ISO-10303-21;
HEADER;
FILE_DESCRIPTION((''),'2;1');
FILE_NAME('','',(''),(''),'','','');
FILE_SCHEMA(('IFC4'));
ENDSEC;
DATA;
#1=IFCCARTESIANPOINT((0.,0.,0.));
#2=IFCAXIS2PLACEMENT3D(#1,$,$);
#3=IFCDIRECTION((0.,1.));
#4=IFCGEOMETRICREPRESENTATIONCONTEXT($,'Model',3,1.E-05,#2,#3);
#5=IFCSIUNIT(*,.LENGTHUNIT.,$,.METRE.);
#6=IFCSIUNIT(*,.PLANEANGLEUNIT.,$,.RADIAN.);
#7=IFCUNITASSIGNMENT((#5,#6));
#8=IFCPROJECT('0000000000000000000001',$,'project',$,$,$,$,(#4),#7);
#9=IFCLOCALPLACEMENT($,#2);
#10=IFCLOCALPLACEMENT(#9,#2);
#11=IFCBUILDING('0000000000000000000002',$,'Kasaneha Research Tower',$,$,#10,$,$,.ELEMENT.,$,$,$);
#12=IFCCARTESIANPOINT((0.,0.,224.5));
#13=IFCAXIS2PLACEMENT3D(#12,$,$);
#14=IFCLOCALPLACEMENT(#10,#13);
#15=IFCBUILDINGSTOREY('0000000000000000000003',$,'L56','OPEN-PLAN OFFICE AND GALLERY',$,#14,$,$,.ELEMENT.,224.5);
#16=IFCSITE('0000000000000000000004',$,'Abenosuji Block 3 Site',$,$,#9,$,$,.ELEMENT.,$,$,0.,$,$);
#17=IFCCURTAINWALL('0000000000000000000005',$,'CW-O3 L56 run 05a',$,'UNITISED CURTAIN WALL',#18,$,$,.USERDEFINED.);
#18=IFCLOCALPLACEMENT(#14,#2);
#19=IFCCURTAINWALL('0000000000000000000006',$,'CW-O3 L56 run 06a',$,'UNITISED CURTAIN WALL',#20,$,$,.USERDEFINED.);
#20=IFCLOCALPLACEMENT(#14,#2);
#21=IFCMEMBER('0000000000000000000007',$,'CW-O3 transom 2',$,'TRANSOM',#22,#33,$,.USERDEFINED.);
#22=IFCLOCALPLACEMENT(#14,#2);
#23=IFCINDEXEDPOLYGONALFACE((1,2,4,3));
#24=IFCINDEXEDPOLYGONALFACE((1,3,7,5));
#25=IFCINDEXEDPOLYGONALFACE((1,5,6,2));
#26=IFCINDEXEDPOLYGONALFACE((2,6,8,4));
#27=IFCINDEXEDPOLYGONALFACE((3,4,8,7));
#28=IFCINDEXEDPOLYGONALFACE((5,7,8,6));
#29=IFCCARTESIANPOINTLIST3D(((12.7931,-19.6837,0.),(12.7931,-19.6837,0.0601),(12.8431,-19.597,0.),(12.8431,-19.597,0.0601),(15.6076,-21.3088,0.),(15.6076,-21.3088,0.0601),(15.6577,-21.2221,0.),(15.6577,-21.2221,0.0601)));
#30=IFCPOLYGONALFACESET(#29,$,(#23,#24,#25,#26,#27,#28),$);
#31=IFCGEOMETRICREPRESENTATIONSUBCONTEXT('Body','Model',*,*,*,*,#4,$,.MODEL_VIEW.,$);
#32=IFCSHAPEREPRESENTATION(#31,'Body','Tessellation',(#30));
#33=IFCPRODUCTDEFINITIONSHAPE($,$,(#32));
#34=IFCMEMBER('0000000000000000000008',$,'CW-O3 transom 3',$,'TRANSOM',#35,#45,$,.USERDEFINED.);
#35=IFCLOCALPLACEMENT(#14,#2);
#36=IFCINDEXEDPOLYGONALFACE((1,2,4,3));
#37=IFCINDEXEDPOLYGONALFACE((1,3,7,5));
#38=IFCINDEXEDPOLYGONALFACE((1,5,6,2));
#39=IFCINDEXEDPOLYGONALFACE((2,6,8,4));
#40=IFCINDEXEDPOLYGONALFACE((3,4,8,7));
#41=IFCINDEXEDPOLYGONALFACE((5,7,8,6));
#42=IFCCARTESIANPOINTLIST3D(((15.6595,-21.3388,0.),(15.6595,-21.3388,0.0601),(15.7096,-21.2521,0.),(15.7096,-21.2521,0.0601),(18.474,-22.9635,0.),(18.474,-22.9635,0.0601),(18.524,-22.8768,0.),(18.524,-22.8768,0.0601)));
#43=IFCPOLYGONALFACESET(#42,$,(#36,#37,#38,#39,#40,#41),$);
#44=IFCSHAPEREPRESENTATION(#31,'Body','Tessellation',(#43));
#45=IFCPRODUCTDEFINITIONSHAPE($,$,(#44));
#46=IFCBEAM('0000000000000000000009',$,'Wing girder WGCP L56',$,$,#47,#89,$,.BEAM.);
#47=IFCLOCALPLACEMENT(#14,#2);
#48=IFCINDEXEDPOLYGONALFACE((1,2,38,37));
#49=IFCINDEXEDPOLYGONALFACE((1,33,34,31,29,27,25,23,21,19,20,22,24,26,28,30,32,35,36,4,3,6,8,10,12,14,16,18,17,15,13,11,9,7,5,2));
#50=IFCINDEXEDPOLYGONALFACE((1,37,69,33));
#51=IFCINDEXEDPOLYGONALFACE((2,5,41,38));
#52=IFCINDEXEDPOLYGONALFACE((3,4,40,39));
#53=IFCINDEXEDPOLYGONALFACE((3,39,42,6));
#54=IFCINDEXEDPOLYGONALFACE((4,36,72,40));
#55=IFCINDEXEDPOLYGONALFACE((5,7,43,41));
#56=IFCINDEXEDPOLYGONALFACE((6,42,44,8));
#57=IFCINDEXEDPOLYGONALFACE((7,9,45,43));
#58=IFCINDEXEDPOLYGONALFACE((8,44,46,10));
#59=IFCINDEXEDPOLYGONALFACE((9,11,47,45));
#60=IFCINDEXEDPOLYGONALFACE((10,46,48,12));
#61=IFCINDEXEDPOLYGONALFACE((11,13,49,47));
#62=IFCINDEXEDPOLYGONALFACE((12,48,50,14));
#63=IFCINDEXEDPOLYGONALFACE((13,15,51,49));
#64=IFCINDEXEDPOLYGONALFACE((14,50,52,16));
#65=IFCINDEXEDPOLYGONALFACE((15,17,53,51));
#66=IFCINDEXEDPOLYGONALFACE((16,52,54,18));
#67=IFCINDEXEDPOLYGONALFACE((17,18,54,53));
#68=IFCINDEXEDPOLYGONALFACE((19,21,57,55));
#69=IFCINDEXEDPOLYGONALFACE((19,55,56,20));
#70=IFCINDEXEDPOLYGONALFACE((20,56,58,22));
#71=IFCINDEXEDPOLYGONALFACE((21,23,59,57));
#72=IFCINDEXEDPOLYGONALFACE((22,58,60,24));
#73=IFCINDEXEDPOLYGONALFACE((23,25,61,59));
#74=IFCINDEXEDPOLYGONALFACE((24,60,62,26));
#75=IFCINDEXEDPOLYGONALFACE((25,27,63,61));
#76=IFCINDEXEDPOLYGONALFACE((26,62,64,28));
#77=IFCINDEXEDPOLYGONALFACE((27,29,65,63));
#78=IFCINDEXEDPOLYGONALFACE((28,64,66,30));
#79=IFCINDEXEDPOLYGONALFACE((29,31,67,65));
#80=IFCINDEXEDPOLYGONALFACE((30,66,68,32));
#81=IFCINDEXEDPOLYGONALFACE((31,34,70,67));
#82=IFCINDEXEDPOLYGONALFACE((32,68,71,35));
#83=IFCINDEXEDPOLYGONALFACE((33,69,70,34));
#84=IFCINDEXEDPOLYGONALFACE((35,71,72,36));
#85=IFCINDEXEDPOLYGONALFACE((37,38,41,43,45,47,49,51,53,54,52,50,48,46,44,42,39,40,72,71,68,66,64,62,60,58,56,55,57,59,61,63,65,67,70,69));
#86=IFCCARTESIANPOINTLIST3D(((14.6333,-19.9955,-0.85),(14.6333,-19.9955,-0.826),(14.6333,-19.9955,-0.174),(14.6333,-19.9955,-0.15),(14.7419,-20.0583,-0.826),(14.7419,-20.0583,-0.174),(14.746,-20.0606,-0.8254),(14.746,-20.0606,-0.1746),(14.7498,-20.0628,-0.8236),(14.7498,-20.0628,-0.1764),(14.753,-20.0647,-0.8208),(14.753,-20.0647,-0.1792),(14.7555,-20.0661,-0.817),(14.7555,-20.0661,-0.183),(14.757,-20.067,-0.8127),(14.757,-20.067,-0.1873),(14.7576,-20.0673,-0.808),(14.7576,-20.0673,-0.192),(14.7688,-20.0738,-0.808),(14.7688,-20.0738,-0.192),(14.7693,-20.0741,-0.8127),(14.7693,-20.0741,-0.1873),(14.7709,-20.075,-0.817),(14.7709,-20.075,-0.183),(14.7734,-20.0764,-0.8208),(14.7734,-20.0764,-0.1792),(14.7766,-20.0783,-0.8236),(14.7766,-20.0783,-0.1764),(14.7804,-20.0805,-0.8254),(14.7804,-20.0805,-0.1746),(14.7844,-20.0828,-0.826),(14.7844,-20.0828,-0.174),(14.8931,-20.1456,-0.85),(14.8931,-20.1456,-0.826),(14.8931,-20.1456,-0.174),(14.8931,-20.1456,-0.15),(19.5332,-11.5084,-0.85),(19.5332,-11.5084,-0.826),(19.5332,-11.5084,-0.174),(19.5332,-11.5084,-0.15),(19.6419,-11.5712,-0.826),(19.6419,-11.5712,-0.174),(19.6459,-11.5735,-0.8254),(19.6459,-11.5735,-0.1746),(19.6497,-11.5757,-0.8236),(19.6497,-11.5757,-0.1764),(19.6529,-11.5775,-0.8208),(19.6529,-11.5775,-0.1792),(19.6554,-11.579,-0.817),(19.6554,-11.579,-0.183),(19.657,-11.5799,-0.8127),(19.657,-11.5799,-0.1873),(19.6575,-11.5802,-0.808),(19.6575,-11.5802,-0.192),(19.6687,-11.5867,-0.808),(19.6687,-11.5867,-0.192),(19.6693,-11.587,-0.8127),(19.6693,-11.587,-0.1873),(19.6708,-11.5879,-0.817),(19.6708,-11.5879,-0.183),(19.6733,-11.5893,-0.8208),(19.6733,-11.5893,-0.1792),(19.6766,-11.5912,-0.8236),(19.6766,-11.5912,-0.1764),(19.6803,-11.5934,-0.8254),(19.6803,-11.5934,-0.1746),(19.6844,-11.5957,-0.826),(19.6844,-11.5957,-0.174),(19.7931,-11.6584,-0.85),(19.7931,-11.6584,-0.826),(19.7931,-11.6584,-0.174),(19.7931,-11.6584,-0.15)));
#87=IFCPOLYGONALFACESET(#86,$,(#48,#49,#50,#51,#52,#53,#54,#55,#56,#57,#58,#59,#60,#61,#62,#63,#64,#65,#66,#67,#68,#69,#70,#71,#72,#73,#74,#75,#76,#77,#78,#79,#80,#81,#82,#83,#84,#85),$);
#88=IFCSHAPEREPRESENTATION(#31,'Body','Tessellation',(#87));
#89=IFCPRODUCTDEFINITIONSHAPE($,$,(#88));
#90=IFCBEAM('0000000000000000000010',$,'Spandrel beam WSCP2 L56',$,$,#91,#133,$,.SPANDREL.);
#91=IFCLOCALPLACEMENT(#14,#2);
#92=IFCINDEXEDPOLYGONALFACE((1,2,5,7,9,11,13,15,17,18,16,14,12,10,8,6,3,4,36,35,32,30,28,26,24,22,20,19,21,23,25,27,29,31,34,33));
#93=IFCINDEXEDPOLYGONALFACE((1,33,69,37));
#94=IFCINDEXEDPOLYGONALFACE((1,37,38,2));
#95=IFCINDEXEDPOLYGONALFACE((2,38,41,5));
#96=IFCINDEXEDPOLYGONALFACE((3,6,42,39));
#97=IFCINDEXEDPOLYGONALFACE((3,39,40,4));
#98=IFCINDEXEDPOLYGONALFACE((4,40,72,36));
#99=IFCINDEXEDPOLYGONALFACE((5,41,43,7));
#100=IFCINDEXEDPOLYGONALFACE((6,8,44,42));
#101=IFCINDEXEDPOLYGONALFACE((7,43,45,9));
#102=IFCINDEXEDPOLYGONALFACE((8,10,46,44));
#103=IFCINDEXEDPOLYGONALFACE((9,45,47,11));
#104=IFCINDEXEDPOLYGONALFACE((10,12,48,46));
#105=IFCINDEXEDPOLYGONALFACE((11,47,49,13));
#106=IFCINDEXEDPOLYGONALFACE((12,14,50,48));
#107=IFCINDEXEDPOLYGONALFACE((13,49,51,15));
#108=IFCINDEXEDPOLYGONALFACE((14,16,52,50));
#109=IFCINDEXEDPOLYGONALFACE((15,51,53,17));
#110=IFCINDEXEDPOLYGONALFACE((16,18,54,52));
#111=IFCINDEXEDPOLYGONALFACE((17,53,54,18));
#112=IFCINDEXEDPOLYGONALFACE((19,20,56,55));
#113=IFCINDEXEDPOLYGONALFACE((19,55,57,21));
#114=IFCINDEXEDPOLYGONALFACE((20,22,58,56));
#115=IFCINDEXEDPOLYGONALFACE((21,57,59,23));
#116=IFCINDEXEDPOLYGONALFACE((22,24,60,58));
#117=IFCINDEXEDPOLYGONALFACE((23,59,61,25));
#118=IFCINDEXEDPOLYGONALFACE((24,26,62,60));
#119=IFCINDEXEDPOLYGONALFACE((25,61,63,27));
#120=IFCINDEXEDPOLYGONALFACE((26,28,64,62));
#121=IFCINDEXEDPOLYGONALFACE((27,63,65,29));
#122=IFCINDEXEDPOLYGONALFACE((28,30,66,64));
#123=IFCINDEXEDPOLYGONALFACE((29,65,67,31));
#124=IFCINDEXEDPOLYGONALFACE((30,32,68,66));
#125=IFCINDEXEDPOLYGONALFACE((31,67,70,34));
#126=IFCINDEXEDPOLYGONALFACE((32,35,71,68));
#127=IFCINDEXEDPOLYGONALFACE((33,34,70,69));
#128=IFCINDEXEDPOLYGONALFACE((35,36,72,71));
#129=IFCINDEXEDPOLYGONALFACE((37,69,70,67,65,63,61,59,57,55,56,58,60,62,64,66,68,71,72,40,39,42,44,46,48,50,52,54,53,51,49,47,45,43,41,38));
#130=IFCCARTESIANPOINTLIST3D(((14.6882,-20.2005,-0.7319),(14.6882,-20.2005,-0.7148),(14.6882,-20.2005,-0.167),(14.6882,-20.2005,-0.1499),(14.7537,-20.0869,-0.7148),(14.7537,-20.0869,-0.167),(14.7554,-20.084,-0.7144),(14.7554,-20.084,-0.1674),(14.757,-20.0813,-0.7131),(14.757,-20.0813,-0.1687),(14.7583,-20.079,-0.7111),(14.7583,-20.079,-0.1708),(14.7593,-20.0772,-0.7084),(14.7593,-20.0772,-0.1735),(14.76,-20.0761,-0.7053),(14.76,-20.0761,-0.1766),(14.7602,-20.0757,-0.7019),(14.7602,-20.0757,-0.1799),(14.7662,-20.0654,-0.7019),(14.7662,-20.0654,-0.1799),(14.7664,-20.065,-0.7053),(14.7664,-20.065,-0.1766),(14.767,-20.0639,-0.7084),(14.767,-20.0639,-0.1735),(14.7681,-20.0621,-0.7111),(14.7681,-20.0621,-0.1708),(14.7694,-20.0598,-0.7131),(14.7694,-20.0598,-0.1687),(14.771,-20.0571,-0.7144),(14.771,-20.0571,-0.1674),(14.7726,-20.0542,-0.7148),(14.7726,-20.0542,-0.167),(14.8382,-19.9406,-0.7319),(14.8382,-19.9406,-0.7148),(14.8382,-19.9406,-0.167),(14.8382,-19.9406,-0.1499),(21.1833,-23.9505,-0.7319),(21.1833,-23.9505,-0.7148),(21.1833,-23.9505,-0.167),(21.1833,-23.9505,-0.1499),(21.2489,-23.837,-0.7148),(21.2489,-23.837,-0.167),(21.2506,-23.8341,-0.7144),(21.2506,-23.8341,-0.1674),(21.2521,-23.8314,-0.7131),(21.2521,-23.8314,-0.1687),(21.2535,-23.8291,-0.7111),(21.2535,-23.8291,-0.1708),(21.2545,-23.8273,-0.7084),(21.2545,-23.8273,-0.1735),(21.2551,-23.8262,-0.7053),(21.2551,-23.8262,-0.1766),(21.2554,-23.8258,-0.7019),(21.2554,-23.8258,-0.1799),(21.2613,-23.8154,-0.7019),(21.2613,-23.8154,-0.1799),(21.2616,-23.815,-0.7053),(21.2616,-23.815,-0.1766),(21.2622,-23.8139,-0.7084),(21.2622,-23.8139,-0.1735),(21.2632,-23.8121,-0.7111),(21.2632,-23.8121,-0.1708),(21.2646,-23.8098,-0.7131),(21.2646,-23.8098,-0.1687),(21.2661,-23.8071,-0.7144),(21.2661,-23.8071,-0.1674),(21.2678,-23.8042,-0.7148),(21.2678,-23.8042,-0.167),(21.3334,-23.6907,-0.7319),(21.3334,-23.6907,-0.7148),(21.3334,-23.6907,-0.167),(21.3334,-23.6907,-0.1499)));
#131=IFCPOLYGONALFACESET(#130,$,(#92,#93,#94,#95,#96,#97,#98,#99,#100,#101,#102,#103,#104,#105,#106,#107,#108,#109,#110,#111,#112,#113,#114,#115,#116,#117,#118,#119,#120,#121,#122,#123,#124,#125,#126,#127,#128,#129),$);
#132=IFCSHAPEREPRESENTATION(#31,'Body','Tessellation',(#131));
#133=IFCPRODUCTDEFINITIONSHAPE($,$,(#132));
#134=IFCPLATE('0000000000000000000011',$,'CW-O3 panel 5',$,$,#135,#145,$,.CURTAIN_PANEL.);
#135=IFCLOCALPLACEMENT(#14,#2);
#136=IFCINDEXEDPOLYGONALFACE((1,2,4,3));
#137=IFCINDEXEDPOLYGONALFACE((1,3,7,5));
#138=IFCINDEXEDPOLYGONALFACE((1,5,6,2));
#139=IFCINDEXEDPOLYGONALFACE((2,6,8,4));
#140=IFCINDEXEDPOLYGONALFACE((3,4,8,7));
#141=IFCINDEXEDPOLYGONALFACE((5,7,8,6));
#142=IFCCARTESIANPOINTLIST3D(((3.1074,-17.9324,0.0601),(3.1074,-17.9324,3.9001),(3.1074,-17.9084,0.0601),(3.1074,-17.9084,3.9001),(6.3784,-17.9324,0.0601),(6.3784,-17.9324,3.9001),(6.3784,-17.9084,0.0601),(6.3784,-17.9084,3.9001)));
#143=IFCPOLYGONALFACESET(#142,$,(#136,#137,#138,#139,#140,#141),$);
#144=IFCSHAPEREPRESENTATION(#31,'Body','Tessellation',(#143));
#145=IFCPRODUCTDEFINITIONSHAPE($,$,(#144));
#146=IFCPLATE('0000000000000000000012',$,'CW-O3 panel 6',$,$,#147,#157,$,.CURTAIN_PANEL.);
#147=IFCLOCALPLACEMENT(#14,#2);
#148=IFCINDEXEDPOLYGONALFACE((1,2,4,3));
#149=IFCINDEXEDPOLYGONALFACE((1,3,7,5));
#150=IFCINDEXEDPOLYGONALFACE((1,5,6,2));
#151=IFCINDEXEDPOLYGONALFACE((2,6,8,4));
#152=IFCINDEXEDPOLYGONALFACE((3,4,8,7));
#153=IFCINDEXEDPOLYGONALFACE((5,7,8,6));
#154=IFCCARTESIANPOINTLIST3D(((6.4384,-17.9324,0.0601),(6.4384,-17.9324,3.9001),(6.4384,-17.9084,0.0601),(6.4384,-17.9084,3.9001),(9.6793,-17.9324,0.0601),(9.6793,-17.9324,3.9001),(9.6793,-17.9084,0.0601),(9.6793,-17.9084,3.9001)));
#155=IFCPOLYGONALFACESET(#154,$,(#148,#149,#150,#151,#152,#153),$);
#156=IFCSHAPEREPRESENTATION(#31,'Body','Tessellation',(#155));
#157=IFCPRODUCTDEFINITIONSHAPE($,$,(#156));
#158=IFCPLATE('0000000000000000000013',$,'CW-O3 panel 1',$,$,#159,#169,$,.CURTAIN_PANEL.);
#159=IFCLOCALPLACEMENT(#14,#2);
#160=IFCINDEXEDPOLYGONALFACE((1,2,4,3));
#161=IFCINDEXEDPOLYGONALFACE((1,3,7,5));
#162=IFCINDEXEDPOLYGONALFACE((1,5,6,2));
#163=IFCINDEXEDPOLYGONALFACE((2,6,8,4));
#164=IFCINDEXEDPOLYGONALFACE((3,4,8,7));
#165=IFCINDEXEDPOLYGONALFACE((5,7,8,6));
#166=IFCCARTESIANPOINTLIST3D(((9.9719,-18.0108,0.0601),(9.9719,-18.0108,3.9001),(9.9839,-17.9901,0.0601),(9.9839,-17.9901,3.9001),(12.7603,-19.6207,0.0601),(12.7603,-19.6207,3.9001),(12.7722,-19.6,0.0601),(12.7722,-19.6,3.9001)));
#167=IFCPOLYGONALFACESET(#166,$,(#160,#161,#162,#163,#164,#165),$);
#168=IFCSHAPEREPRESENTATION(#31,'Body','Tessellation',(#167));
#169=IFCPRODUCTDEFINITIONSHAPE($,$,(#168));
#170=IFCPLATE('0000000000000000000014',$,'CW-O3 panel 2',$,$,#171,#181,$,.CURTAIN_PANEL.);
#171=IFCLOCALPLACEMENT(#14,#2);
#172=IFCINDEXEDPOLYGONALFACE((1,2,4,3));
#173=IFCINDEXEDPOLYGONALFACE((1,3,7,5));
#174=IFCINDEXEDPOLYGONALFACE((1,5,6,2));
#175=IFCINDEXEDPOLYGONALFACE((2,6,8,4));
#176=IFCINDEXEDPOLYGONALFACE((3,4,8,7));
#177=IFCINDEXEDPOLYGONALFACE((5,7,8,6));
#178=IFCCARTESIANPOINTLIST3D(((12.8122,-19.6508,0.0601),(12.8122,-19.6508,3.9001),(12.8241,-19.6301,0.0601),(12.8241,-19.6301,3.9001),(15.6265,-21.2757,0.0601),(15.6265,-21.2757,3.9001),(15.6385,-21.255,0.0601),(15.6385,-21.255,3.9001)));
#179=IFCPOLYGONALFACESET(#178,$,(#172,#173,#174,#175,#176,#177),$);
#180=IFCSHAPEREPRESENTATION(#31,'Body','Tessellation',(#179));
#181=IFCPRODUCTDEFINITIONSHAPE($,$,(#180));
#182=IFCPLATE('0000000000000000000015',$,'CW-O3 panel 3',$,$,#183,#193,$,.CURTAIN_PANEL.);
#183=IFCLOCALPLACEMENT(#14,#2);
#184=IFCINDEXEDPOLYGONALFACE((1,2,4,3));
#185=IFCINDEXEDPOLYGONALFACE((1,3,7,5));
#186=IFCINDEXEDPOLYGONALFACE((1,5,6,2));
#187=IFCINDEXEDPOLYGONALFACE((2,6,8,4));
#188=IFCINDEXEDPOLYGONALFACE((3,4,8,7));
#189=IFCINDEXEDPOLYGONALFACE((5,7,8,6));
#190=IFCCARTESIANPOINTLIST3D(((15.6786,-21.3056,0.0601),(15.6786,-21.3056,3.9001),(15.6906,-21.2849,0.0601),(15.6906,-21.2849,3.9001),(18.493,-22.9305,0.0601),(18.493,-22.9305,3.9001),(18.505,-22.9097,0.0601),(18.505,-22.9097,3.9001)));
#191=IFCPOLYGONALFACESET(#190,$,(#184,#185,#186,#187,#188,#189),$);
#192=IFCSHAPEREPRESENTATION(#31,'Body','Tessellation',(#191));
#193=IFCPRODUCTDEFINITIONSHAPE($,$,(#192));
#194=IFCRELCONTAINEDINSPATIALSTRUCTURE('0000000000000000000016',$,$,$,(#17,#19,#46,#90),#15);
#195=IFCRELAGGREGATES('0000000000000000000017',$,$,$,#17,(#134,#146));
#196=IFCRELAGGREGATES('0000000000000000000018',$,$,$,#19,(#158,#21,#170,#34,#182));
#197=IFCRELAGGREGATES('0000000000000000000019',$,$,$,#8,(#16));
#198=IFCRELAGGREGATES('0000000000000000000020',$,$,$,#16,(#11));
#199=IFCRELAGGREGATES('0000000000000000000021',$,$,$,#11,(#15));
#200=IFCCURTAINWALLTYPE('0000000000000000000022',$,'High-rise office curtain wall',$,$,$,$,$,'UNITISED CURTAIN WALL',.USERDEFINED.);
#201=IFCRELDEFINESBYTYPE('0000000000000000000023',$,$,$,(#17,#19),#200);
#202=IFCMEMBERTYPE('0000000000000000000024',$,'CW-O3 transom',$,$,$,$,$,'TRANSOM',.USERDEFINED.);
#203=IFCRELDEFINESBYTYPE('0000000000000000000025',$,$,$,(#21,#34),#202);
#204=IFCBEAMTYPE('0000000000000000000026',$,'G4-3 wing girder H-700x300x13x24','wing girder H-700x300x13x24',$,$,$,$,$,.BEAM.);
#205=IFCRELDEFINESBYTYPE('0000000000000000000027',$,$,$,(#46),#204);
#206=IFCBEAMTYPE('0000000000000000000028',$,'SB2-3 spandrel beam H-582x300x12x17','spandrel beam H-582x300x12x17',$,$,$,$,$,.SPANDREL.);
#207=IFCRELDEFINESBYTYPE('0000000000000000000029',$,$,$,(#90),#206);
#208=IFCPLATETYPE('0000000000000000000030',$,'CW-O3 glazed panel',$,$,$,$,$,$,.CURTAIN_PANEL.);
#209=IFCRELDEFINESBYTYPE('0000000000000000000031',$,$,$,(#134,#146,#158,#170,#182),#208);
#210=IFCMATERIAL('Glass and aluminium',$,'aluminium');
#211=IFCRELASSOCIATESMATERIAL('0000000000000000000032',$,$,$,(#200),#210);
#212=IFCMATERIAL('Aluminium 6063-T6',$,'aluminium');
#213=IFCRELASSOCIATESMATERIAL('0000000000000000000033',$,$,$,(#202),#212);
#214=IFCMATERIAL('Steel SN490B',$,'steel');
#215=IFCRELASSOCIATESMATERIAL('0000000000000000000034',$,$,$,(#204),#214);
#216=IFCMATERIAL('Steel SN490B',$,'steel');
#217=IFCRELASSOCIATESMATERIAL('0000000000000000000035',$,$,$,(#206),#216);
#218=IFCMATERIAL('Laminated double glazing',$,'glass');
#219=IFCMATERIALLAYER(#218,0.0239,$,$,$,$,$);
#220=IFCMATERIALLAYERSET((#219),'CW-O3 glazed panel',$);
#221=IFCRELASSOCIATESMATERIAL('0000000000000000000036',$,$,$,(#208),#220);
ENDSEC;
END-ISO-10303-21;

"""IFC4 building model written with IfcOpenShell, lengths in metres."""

from ifc_helpers import new_model, si_unit, direction, frame, origin, origin_2d, place, context, subcontext, project, spatial, rectangle, i_section, extrude, material, layer, layer_set, material_profile, profile_set, type_object, element, aggregate, save


model = new_model("IFC4")

# Units and contexts
model_context = context("Model", 3, precision=1e-05, world=origin(), true_north=direction((0.0, 1.0)))
body_context = subcontext(model_context, "Body", "Model", "MODEL_VIEW")
ifc_project = project(units=[si_unit("LENGTHUNIT", "METRE"), si_unit("PLANEANGLEUNIT", "RADIAN")], contexts=[model_context])

# Site, building, storey
site_placement = place(None, origin())
site = spatial("IfcSite", under=ifc_project, at=site_placement, Name="Abenosuji Block 3 Site", CompositionType="ELEMENT", RefElevation=0.0)
building_placement = place(site_placement, origin())
building = spatial("IfcBuilding", under=site, at=building_placement, Name="Kasaneha Research Tower", CompositionType="ELEMENT")
storey_placement = place(building_placement, frame((0.0, 0.0, 224.5)))
storey = spatial("IfcBuildingStorey", under=building, at=storey_placement, Name="L56", Description="OPEN-PLAN OFFICE AND GALLERY", CompositionType="ELEMENT", Elevation=224.5)

# Curtain walls
ifc_material_1 = material(Name="Glass and aluminium", Category="aluminium")
curtain_wall_type = type_object("IfcCurtainWallType", Name="High-rise office curtain wall", ElementType="UNITISED CURTAIN WALL", PredefinedType="USERDEFINED", material=ifc_material_1)
curtain_wall_1_placement = place(storey_placement, origin())
curtain_wall_1 = element("IfcCurtainWall", 1, at=curtain_wall_1_placement, inside=storey, type_object=curtain_wall_type, Name="CW-O3 L56 run 05a", ObjectType="UNITISED CURTAIN WALL", PredefinedType="USERDEFINED")
curtain_wall_2_placement = place(storey_placement, origin())
curtain_wall_2 = element("IfcCurtainWall", 2, at=curtain_wall_2_placement, inside=storey, type_object=curtain_wall_type, Name="CW-O3 L56 run 06a", ObjectType="UNITISED CURTAIN WALL", PredefinedType="USERDEFINED")

# Members
ifc_material_2 = material(Name="Aluminium 6063-T6", Category="aluminium")
ifc_material_profile_1 = material_profile(ifc_material_2, rectangle(XDim=0.1001, YDim=0.0601, at=origin_2d()), Name="CW-O3 transom 100x60")
ifc_profile_set_1 = profile_set([ifc_material_profile_1], Name="Aluminium 6063-T6")
member_type_1 = type_object("IfcMemberType", Name="CW-O3 transom", ElementType="TRANSOM", PredefinedType="USERDEFINED", material=ifc_profile_set_1)
member_1_placement = place(storey_placement, frame((12.8181, -19.6404, 0.03), z_axis=(0.866015, -0.500017, 0.0), x_axis=(0.500017, 0.866015, 0.0)))
member_1 = element("IfcMember", 3, at=member_1_placement, type_object=member_type_1, Name="CW-O3 transom 2", ObjectType="TRANSOM", PredefinedType="USERDEFINED", context=body_context, shape_type="SweptSolid", body=[
    extrude(rectangle(XDim=0.1001, YDim=0.0601, at=origin_2d()), origin(), (0.0, 0.0, 1.0), 3.25),
])
member_2_placement = place(storey_placement, frame((15.6846, -21.2954, 0.03), z_axis=(0.866048, -0.499961, 0.0), x_axis=(0.499961, 0.866048, 0.0)))
member_2 = element("IfcMember", 4, at=member_2_placement, type_object=member_type_1, Name="CW-O3 transom 3", ObjectType="TRANSOM", PredefinedType="USERDEFINED", context=body_context, shape_type="SweptSolid", body=[
    extrude(rectangle(XDim=0.1001, YDim=0.0601, at=origin_2d()), origin(), (0.0, 0.0, 1.0), 3.2498),
])

# Beams
ifc_material_3 = material(Name="Steel SN490B", Category="steel")
ifc_material_profile_2 = material_profile(ifc_material_3, i_section(OverallWidth=0.3, OverallDepth=0.7, WebThickness=0.0129, FlangeThickness=0.0239, FilletRadius=0.0181, at=origin_2d()), Name="H-700x300x13x24")
ifc_profile_set_2 = profile_set([ifc_material_profile_2], Name="Steel SN490B")
beam_type_1 = type_object("IfcBeamType", Name="G4-3 wing girder H-700x300x13x24", Description="wing girder H-700x300x13x24", PredefinedType="BEAM", material=ifc_profile_set_2)
beam_1_placement = place(storey_placement, frame((14.7632, -20.0706, -0.5), z_axis=(0.499992, 0.86603, 0.0), x_axis=(-0.86603, 0.499992, 0.0)))
element("IfcBeam", 5, at=beam_1_placement, inside=storey, type_object=beam_type_1, Name="Wing girder WGCP L56", PredefinedType="BEAM", context=body_context, shape_type="SweptSolid", body=[
    extrude(i_section(OverallWidth=0.3, OverallDepth=0.7, WebThickness=0.0129, FlangeThickness=0.0239, FilletRadius=0.0181, at=origin_2d()), origin(), (0.0, 0.0, 1.0), 9.8),
])
ifc_material_4 = material(Name="Steel SN490B", Category="steel")
ifc_material_profile_3 = material_profile(ifc_material_4, i_section(OverallWidth=0.3, OverallDepth=0.582, WebThickness=0.012, FlangeThickness=0.0171, FilletRadius=0.0129, at=origin_2d()), Name="H-582x300x12x17")
ifc_profile_set_3 = profile_set([ifc_material_profile_3], Name="Steel SN490B")
beam_type_2 = type_object("IfcBeamType", Name="SB2-3 spandrel beam H-582x300x12x17", Description="spandrel beam H-582x300x12x17", PredefinedType="SPANDREL", material=ifc_profile_set_3)
beam_2_placement = place(storey_placement, frame((14.7632, -20.0706, -0.4409), z_axis=(0.866023, -0.500004, 0.0), x_axis=(0.500004, 0.866023, 0.0)))
element("IfcBeam", 6, at=beam_2_placement, inside=storey, type_object=beam_type_2, Name="Spandrel beam WSCP2 L56", PredefinedType="SPANDREL", context=body_context, shape_type="SweptSolid", body=[
    extrude(i_section(OverallWidth=0.3, OverallDepth=0.582, WebThickness=0.012, FlangeThickness=0.0171, FilletRadius=0.0129, at=origin_2d()), origin(), (0.0, 0.0, 1.0), 7.5),
])

# Plates
ifc_material_5 = material(Name="Laminated double glazing", Category="glass")
ifc_layer_1 = layer(ifc_material_5, 0.0239)
ifc_layer_set_1 = layer_set([ifc_layer_1], Name="CW-O3 glazed panel")
plate_type = type_object("IfcPlateType", Name="CW-O3 glazed panel", PredefinedType="CURTAIN_PANEL", material=ifc_layer_set_1)
plate_1_placement = place(storey_placement, frame((4.7429, -17.9204, 0.0601), z_axis=(0.0, 0.0, 1.0), x_axis=(1.0, 0.0, 0.0)))
plate_1 = element("IfcPlate", 7, at=plate_1_placement, type_object=plate_type, Name="CW-O3 panel 5", PredefinedType="CURTAIN_PANEL", context=body_context, shape_type="SweptSolid", body=[
    extrude(rectangle(XDim=3.271, YDim=0.0239, at=origin_2d()), origin(), (0.0, 0.0, 1.0), 3.8401),
])
plate_2_placement = place(storey_placement, frame((8.0588, -17.9204, 0.0601), z_axis=(0.0, 0.0, 1.0), x_axis=(1.0, 0.0, 0.0)))
plate_2 = element("IfcPlate", 8, at=plate_2_placement, type_object=plate_type, Name="CW-O3 panel 6", PredefinedType="CURTAIN_PANEL", context=body_context, shape_type="SweptSolid", body=[
    extrude(rectangle(XDim=3.241, YDim=0.0239, at=origin_2d()), origin(), (0.0, 0.0, 1.0), 3.8401),
])
aggregate(curtain_wall_1, [plate_1, plate_2])
plate_3_placement = place(storey_placement, frame((11.3721, -18.8054, 0.0601), z_axis=(0.0, 0.0, 1.0), x_axis=(0.866025, -0.5, 0.0)))
plate_3 = element("IfcPlate", 9, at=plate_3_placement, type_object=plate_type, Name="CW-O3 panel 1", PredefinedType="CURTAIN_PANEL", context=body_context, shape_type="SweptSolid", body=[
    extrude(rectangle(XDim=3.2197, YDim=0.0239, at=origin_2d()), origin(), (0.0, 0.0, 1.0), 3.8401),
])
plate_4_placement = place(storey_placement, frame((14.2253, -20.4529, 0.0601), z_axis=(0.0, 0.0, 1.0), x_axis=(0.866025, -0.5, 0.0)))
plate_4 = element("IfcPlate", 10, at=plate_4_placement, type_object=plate_type, Name="CW-O3 panel 2", PredefinedType="CURTAIN_PANEL", context=body_context, shape_type="SweptSolid", body=[
    extrude(rectangle(XDim=3.2498, YDim=0.0239, at=origin_2d()), origin(), (0.0, 0.0, 1.0), 3.8401),
])
plate_5_placement = place(storey_placement, frame((17.0918, -22.1077, 0.0601), z_axis=(0.0, 0.0, 1.0), x_axis=(0.866025, -0.5, 0.0)))
plate_5 = element("IfcPlate", 11, at=plate_5_placement, type_object=plate_type, Name="CW-O3 panel 3", PredefinedType="CURTAIN_PANEL", context=body_context, shape_type="SweptSolid", body=[
    extrude(rectangle(XDim=3.2498, YDim=0.0239, at=origin_2d()), origin(), (0.0, 0.0, 1.0), 3.8401),
])
aggregate(curtain_wall_2, [plate_3, member_1, plate_4, member_2, plate_5])

save(model, "model.ifc")
